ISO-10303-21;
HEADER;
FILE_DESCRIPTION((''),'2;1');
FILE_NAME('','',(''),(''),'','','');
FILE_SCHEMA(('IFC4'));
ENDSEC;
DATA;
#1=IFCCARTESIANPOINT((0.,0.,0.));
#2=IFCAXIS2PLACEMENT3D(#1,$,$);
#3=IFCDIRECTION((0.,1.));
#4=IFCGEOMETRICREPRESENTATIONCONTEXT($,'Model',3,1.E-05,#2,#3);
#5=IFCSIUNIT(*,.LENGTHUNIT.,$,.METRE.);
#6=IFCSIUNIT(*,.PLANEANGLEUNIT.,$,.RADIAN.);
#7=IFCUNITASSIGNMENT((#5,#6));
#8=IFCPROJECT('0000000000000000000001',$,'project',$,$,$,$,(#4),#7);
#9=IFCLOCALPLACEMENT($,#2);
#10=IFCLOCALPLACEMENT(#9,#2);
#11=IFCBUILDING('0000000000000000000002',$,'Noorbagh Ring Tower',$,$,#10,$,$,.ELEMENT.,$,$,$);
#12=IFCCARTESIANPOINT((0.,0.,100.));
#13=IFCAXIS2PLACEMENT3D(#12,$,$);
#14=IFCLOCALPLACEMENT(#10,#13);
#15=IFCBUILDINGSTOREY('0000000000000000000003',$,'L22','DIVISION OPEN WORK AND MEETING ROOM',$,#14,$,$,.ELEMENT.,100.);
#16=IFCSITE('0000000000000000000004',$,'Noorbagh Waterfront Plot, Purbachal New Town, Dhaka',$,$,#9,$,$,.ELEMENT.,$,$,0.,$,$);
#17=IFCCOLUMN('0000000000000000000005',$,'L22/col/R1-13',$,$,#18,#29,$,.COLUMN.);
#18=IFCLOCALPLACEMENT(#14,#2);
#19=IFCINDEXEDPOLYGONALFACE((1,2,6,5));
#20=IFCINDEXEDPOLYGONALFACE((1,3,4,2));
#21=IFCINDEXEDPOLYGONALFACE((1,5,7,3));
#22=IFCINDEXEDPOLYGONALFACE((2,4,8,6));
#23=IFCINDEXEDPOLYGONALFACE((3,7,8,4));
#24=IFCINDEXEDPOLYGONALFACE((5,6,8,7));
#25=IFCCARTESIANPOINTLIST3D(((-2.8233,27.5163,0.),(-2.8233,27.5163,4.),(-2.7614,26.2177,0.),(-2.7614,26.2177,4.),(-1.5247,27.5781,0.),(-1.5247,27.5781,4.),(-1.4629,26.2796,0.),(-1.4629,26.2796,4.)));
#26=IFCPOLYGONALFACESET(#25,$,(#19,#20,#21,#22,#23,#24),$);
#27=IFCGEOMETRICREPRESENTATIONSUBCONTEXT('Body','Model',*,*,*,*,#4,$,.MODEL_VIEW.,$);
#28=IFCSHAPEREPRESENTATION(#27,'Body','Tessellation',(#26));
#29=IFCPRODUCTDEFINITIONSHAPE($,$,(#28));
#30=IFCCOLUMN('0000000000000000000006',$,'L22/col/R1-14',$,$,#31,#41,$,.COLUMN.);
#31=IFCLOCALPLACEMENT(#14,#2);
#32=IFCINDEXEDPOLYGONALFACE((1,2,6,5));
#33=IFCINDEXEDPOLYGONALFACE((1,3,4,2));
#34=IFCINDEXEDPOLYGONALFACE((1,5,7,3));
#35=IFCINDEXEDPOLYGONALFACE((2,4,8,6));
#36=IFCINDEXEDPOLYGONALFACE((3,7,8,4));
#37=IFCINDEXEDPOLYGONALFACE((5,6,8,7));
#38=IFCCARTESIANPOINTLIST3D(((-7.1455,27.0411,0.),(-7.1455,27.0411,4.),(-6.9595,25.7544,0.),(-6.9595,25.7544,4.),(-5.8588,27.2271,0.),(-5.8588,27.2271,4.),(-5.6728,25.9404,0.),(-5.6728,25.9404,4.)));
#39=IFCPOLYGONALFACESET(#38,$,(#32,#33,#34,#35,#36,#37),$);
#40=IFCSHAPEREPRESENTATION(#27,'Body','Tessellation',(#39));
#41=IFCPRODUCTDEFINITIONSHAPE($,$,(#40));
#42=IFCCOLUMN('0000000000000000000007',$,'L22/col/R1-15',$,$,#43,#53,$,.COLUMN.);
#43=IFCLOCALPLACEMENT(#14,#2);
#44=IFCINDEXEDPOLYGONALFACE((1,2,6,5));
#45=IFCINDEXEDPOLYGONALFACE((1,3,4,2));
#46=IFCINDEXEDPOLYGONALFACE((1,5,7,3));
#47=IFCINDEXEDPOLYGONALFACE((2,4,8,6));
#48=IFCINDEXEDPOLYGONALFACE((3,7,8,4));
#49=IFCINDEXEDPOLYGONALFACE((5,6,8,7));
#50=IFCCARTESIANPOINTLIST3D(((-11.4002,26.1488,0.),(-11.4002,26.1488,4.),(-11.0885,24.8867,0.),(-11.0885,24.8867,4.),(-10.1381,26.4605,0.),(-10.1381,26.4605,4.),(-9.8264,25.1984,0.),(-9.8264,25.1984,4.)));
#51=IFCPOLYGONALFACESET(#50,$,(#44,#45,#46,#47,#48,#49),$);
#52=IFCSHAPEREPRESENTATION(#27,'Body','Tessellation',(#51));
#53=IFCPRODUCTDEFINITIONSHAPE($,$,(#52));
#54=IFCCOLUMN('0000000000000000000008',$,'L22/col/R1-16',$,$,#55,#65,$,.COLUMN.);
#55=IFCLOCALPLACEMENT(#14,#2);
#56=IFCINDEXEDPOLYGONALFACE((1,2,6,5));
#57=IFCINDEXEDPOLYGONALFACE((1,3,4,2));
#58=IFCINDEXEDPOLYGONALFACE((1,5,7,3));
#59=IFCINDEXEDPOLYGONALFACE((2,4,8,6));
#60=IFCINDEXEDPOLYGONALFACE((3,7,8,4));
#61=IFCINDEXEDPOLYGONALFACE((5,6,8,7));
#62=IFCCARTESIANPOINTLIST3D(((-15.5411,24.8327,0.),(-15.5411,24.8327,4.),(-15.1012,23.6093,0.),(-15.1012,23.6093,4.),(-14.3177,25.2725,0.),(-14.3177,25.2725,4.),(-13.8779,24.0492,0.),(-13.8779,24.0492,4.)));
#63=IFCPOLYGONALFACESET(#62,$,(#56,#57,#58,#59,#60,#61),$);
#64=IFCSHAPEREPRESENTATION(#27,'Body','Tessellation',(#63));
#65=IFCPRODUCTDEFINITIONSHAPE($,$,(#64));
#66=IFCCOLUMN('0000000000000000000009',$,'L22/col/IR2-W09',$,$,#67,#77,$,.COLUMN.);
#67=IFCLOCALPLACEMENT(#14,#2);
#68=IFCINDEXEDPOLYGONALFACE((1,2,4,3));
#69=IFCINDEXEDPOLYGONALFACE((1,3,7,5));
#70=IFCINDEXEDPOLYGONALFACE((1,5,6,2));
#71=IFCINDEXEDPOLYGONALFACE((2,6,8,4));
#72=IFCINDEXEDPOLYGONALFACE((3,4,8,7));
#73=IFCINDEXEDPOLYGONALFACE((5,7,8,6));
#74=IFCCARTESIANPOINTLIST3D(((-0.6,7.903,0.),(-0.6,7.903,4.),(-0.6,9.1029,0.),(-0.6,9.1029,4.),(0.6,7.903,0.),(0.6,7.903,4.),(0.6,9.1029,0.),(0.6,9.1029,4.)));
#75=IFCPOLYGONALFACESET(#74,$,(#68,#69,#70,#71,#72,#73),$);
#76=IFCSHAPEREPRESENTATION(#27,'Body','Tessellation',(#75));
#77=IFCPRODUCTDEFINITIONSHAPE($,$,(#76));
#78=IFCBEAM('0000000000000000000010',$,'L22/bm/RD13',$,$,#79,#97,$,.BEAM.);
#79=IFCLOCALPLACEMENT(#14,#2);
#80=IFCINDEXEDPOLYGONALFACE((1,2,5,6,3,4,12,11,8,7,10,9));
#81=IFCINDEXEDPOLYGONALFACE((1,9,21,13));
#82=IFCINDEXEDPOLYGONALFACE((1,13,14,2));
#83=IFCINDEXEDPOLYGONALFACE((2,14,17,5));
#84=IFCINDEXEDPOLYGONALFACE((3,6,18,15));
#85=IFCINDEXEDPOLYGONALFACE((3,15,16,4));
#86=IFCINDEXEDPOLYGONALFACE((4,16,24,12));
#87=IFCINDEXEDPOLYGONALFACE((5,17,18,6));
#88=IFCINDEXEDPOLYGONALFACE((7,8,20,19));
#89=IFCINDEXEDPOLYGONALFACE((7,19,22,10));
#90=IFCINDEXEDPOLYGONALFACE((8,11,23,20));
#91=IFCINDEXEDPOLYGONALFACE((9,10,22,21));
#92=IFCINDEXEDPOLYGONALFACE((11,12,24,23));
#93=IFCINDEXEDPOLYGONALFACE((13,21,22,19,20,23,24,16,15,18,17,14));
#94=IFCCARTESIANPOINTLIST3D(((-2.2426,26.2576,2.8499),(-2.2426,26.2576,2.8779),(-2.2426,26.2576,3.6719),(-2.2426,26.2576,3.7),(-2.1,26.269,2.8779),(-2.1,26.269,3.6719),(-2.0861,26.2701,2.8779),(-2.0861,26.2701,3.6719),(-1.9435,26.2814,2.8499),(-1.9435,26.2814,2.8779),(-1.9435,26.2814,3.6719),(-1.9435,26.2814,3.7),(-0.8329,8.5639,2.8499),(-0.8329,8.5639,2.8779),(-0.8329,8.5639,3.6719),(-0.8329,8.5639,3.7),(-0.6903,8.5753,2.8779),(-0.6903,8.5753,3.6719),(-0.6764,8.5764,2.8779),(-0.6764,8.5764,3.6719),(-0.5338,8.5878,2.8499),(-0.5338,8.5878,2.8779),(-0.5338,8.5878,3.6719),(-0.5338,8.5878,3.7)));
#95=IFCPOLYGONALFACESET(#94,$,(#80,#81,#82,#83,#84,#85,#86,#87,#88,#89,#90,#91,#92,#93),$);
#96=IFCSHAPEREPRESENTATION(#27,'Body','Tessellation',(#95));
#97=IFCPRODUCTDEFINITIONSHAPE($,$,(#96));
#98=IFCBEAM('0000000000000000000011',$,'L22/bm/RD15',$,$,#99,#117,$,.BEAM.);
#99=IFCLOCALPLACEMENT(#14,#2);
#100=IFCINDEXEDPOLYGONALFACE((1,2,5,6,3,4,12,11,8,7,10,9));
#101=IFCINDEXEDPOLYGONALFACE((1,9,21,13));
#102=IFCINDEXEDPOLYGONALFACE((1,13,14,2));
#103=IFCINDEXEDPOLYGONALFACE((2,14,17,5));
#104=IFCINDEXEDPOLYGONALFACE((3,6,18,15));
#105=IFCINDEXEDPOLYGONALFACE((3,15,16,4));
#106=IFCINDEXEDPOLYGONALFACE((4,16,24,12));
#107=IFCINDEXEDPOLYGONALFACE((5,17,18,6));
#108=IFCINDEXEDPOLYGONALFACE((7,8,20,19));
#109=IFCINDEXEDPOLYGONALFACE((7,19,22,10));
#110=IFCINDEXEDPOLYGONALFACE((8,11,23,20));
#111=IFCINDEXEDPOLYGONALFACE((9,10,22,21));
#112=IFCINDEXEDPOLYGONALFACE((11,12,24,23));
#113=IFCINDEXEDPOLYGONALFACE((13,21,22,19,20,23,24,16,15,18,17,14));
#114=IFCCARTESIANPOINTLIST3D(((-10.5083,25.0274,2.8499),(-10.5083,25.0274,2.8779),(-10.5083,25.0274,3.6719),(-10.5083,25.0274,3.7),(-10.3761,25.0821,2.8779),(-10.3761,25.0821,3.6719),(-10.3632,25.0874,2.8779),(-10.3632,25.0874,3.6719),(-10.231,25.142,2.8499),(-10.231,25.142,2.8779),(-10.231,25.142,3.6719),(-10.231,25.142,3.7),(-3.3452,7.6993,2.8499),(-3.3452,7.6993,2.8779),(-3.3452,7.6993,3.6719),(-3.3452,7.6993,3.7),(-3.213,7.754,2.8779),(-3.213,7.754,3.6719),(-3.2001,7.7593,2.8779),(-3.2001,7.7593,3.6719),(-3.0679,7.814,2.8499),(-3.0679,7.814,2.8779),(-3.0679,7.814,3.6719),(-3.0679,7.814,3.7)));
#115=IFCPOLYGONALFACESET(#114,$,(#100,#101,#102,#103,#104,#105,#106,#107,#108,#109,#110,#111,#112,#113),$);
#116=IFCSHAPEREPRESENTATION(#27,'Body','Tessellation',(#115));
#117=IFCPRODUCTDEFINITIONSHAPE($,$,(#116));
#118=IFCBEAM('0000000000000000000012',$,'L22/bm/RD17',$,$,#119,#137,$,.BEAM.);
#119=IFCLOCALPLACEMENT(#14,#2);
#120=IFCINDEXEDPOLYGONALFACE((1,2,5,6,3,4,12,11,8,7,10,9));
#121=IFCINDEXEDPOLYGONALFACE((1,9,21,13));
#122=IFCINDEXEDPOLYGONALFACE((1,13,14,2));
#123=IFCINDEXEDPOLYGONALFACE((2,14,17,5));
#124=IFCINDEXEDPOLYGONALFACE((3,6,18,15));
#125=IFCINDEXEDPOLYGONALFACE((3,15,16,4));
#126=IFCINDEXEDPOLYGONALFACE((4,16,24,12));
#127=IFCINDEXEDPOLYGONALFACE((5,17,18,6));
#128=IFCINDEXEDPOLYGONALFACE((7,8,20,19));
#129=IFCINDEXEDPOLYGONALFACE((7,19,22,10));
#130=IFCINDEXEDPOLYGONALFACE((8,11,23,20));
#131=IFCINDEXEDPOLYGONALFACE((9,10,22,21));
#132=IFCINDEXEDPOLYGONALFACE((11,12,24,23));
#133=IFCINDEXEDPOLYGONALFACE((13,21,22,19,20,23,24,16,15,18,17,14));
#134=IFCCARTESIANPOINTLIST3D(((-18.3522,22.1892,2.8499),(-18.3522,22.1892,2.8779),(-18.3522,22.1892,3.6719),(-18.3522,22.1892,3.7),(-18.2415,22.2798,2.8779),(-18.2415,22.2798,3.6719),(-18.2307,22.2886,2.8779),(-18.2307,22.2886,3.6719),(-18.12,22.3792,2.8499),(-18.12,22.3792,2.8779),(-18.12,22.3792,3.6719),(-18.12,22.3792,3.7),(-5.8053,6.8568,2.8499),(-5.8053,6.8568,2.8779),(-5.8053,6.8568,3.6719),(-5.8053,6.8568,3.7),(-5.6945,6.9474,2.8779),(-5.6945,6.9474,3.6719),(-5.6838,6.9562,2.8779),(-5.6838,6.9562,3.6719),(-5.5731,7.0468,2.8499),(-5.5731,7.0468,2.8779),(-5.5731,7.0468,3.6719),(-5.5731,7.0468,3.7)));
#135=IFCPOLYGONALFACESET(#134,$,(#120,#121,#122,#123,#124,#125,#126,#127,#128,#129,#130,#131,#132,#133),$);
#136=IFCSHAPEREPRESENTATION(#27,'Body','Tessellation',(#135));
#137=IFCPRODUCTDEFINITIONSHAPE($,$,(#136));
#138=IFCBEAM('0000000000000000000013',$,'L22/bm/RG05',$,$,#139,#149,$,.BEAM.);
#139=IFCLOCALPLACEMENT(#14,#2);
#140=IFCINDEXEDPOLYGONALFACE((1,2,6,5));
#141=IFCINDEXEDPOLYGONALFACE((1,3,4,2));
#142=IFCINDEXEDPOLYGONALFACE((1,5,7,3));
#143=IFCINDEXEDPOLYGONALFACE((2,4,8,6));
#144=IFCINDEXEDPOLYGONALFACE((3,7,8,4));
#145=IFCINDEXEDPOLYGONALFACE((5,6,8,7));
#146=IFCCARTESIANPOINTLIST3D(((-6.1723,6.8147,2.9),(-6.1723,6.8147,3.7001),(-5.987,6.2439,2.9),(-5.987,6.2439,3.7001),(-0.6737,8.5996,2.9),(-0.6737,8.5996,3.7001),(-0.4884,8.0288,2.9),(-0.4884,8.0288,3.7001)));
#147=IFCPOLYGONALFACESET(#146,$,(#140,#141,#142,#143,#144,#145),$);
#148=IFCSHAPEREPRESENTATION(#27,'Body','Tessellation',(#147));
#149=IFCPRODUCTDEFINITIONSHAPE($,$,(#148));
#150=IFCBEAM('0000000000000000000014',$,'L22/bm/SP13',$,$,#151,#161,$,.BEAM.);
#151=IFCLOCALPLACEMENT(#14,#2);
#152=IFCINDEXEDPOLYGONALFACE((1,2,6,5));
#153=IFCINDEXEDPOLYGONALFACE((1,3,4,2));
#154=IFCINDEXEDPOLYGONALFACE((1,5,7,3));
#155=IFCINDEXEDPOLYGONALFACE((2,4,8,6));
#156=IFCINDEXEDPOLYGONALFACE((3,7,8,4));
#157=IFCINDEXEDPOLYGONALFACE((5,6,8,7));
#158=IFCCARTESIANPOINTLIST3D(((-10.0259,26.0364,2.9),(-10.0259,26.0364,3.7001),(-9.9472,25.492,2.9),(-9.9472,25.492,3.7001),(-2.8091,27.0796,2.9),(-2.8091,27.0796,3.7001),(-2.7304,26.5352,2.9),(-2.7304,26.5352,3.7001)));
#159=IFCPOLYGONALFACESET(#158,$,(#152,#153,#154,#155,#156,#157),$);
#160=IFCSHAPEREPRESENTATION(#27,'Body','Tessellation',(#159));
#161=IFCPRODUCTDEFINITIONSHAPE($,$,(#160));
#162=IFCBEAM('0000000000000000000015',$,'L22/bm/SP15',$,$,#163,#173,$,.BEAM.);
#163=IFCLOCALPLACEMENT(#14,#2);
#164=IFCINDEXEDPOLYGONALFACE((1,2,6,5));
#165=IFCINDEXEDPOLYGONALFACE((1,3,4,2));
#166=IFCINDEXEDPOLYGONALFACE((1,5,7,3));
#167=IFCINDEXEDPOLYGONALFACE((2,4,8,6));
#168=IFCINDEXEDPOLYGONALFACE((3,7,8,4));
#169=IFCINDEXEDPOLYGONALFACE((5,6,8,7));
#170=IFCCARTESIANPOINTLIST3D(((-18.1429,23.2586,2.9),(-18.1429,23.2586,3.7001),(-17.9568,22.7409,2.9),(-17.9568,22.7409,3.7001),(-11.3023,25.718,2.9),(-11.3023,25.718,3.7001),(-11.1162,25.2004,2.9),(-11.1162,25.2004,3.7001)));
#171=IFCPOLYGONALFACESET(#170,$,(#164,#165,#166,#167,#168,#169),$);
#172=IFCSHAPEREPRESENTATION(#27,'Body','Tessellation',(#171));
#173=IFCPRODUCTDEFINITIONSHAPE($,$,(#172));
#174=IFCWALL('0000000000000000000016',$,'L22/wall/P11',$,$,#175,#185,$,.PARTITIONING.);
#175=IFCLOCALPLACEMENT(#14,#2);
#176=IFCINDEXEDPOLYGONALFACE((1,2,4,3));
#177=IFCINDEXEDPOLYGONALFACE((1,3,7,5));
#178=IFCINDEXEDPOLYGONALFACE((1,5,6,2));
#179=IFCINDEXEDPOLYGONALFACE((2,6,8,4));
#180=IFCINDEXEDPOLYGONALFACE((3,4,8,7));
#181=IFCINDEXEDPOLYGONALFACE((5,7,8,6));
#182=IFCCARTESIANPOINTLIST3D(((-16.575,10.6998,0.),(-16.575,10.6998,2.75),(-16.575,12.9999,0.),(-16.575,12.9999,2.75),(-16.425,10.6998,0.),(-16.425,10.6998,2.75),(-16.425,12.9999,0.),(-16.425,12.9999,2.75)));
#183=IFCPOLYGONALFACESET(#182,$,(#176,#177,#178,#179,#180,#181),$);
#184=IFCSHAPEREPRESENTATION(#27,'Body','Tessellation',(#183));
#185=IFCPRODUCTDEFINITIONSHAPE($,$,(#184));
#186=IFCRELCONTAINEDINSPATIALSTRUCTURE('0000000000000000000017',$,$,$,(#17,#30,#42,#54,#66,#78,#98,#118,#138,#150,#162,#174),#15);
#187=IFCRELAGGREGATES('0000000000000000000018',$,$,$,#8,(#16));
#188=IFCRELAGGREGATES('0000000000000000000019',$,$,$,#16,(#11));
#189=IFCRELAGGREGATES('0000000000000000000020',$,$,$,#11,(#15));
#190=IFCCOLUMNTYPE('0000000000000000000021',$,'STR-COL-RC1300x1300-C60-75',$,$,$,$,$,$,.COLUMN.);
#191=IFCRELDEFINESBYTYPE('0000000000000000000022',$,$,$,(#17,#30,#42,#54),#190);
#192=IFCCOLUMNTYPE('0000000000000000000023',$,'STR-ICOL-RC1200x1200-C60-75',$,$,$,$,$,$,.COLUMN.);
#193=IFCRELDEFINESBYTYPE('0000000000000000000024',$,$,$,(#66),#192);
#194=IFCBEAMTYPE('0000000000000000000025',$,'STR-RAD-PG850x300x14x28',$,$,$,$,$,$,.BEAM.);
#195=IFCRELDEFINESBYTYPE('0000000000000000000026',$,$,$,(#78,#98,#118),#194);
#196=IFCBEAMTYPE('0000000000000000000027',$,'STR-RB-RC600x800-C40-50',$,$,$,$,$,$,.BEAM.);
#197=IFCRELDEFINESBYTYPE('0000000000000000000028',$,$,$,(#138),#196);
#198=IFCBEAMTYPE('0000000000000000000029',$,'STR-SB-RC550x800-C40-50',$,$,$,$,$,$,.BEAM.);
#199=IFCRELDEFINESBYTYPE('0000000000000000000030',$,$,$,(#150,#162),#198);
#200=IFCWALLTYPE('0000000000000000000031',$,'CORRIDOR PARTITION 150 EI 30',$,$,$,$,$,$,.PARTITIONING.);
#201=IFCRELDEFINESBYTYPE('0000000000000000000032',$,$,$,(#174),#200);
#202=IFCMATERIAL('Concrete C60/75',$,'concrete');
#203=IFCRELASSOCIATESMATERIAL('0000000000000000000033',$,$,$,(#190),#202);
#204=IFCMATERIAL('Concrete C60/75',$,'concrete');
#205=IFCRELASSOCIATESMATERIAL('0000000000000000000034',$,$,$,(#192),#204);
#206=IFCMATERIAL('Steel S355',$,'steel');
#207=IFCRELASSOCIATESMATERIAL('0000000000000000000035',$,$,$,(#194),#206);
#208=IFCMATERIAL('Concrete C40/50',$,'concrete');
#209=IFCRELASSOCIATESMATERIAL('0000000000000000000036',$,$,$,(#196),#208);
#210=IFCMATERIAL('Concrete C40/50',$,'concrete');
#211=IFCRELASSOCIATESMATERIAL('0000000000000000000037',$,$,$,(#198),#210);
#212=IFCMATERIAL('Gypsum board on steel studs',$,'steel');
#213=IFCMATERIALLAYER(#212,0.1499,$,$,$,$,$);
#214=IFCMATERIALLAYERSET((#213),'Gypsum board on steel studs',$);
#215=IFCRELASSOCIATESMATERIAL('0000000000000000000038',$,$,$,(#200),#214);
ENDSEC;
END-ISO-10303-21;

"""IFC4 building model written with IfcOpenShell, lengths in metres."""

from ifc_helpers import new_model, si_unit, direction, frame, frame_2d, origin, origin_2d, place, context, subcontext, project, spatial, rectangle, i_section, extrude, material, layer, layer_set, material_profile, profile_set, type_object, element, save


model = new_model("IFC4")

# Units and contexts
model_context = context("Model", 3, precision=1e-05, world=origin(), true_north=direction((0.0, 1.0)))
body_context = subcontext(model_context, "Body", "Model", "MODEL_VIEW")
ifc_project = project(units=[si_unit("LENGTHUNIT", "METRE"), si_unit("PLANEANGLEUNIT", "RADIAN")], contexts=[model_context])

# Site, building, storey
site_placement = place(None, origin())
site = spatial("IfcSite", under=ifc_project, at=site_placement, Name="Noorbagh Waterfront Plot, Purbachal New Town, Dhaka", CompositionType="ELEMENT", RefElevation=0.0)
building_placement = place(site_placement, origin())
building = spatial("IfcBuilding", under=site, at=building_placement, Name="Noorbagh Ring Tower", CompositionType="ELEMENT")
storey_placement = place(building_placement, frame((0.0, 0.0, 100.0)))
storey = spatial("IfcBuildingStorey", under=building, at=storey_placement, Name="L22", Description="DIVISION OPEN WORK AND MEETING ROOM", CompositionType="ELEMENT", Elevation=100.0)

# Columns
ifc_material_1 = material(Name="Concrete C60/75", Category="concrete")
ifc_material_profile_1 = material_profile(ifc_material_1, rectangle(XDim=1.3, YDim=1.3, at=origin_2d()), Name="RC1300x1300")
ifc_profile_set_1 = profile_set([ifc_material_profile_1], Name="Concrete C60/75")
column_type_1 = type_object("IfcColumnType", Name="STR-COL-RC1300x1300-C60-75", PredefinedType="COLUMN", material=ifc_profile_set_1)
for number, where, z_axis, x_axis, name in (
    (1, (-2.1431, 26.8979, 0.0), (0.0, 0.0, 1.0), (-0.998869, -0.047553, 0.0), "L22/col/R1-13"),
    (2, (-6.4092, 26.4907, 0.0), (0.0, 0.0, 1.0), (-0.989713, -0.143066, 0.0), "L22/col/R1-14"),
    (3, (-10.6133, 25.6736, 0.0), (0.0, 0.0, 1.0), (-0.970829, -0.239771, 0.0), "L22/col/R1-15"),
    (4, (-14.7095, 24.4409, 0.0), (0.0, 0.0, 1.0), (-0.941025, -0.338338, 0.0), "L22/col/R1-16"),
):
    element("IfcColumn", number, at=place(storey_placement, frame(where, z_axis=z_axis, x_axis=x_axis)), inside=storey, type_object=column_type_1, Name=name, PredefinedType="COLUMN", context=body_context, shape_type="SweptSolid", body=[
        extrude(rectangle(XDim=1.3, YDim=1.3, at=origin_2d()), origin(), (0.0, 0.0, 1.0), 4.0),
    ])
ifc_material_2 = material(Name="Concrete C60/75", Category="concrete")
ifc_material_profile_2 = material_profile(ifc_material_2, rectangle(XDim=1.2, YDim=1.2, at=origin_2d()), Name="RC1200x1200")
ifc_profile_set_2 = profile_set([ifc_material_profile_2], Name="Concrete C60/75")
column_type_2 = type_object("IfcColumnType", Name="STR-ICOL-RC1200x1200-C60-75", PredefinedType="COLUMN", material=ifc_profile_set_2)
column_placement = place(storey_placement, frame((0.0, 8.5029, 0.0), z_axis=(0.0, 0.0, 1.0), x_axis=(-1.0, 0.0, 0.0)))
element("IfcColumn", 5, at=column_placement, inside=storey, type_object=column_type_2, Name="L22/col/IR2-W09", PredefinedType="COLUMN", context=body_context, shape_type="SweptSolid", body=[
    extrude(rectangle(XDim=1.2, YDim=1.2, at=origin_2d()), origin(), (0.0, 0.0, 1.0), 4.0),
])

# Beams
ifc_material_3 = material(Name="Steel S355", Category="steel")
ifc_material_profile_3 = material_profile(ifc_material_3, i_section(OverallWidth=0.3, OverallDepth=0.8501, WebThickness=0.0139, FlangeThickness=0.0281, at=origin_2d()), Name="PG850x300x14x28")
ifc_profile_set_3 = profile_set([ifc_material_profile_3], Name="Steel S355")
beam_type_1 = type_object("IfcBeamType", Name="STR-RAD-PG850x300x14x28", PredefinedType="BEAM", material=ifc_profile_set_3)
beam_1_placement = place(storey_placement, frame((-2.093, 26.2695, 3.2749), z_axis=(0.079419, -0.996841, 0.0), x_axis=(0.996841, 0.079419, 0.0)))
element("IfcBeam", 6, at=beam_1_placement, inside=storey, type_object=beam_type_1, Name="L22/bm/RD13", PredefinedType="BEAM", context=body_context, shape_type="SweptSolid", body=[
    extrude(i_section(OverallWidth=0.3, OverallDepth=0.8501, WebThickness=0.0139, FlangeThickness=0.0281, at=origin_2d()), origin(), (0.0, 0.0, 1.0), 17.7498),
])
beam_2_placement = place(storey_placement, frame((-10.3696, 25.0847, 3.2749), z_axis=(0.382025, -0.924152, 0.0), x_axis=(0.924152, 0.382025, 0.0)))
element("IfcBeam", 7, at=beam_2_placement, inside=storey, type_object=beam_type_1, Name="L22/bm/RD15", PredefinedType="BEAM", context=body_context, shape_type="SweptSolid", body=[
    extrude(i_section(OverallWidth=0.3, OverallDepth=0.8501, WebThickness=0.0139, FlangeThickness=0.0281, at=origin_2d()), origin(), (0.0, 0.0, 1.0), 18.7502),
])
beam_3_placement = place(storey_placement, frame((-18.2361, 22.2842, 3.2749), z_axis=(0.633307, -0.773901, 0.0), x_axis=(0.773901, 0.633307, 0.0)))
element("IfcBeam", 8, at=beam_3_placement, inside=storey, type_object=beam_type_1, Name="L22/bm/RD17", PredefinedType="BEAM", context=body_context, shape_type="SweptSolid", body=[
    extrude(i_section(OverallWidth=0.3, OverallDepth=0.8501, WebThickness=0.0139, FlangeThickness=0.0281, at=origin_2d()), origin(), (0.0, 0.0, 1.0), 19.8118),
])
ifc_material_4 = material(Name="Concrete C40/50", Category="concrete")
ifc_material_profile_4 = material_profile(ifc_material_4, rectangle(XDim=0.6001, YDim=0.8, at=origin_2d()), Name="RC600x800")
ifc_profile_set_4 = profile_set([ifc_material_profile_4], Name="Concrete C40/50")
beam_type_2 = type_object("IfcBeamType", Name="STR-RB-RC600x800-C40-50", PredefinedType="BEAM", material=ifc_profile_set_4)
beam_4_placement = place(storey_placement, frame((-0.5811, 8.3142, 3.3), z_axis=(-0.951141, -0.308756, 0.0), x_axis=(0.308756, -0.951141, 0.0)))
element("IfcBeam", 9, at=beam_4_placement, inside=storey, type_object=beam_type_2, Name="L22/bm/RG05", PredefinedType="BEAM", context=body_context, shape_type="SweptSolid", body=[
    extrude(rectangle(XDim=0.6001, YDim=0.8, at=origin_2d()), origin(), (0.0, 0.0, 1.0), 5.781),
])
ifc_material_5 = material(Name="Concrete C40/50", Category="concrete")
ifc_material_profile_5 = material_profile(ifc_material_5, rectangle(XDim=0.55, YDim=0.8, at=origin_2d()), Name="RC550x800")
ifc_profile_set_5 = profile_set([ifc_material_profile_5], Name="Concrete C40/50")
beam_type_3 = type_object("IfcBeamType", Name="STR-SB-RC550x800-C40-50", PredefinedType="BEAM", material=ifc_profile_set_5)
beam_5_placement = place(storey_placement, frame((-2.7698, 26.8074, 3.3), z_axis=(-0.989713, -0.143066, 0.0), x_axis=(0.143066, -0.989713, 0.0)))
element("IfcBeam", 10, at=beam_5_placement, inside=storey, type_object=beam_type_3, Name="L22/bm/SP13", PredefinedType="BEAM", context=body_context, shape_type="SweptSolid", body=[
    extrude(rectangle(XDim=0.55, YDim=0.8, at=origin_2d()), origin(), (0.0, 0.0, 1.0), 7.2917),
])
beam_6_placement = place(storey_placement, frame((-11.2092, 25.4592, 3.3), z_axis=(-0.941025, -0.338338, 0.0), x_axis=(0.338338, -0.941025, 0.0)))
element("IfcBeam", 11, at=beam_6_placement, inside=storey, type_object=beam_type_3, Name="L22/bm/SP15", PredefinedType="BEAM", context=body_context, shape_type="SweptSolid", body=[
    extrude(rectangle(XDim=0.55, YDim=0.8, at=origin_2d()), origin(), (0.0, 0.0, 1.0), 7.2693),
])

# Wall
ifc_material_6 = material(Name="Gypsum board on steel studs", Category="steel")
ifc_layer_1 = layer(ifc_material_6, 0.1499)
ifc_layer_set_1 = layer_set([ifc_layer_1], Name="Gypsum board on steel studs")
wall_type_1 = type_object("IfcWallType", Name="CORRIDOR PARTITION 150 EI 30", PredefinedType="PARTITIONING", material=ifc_layer_set_1)
wall_1_placement = place(storey_placement, frame((-16.5, 10.7, 0.0), z_axis=(0.0, 0.0, 1.0), x_axis=(0.0, 1.0, 0.0)))
element("IfcWall", 12, at=wall_1_placement, inside=storey, type_object=wall_type_1, Name="L22/wall/P11", PredefinedType="PARTITIONING", context=body_context, shape_type="SweptSolid", body=[
    extrude(rectangle(XDim=2.3, YDim=0.1499, at=frame_2d((1.1499, 0.0))), origin(), (0.0, 0.0, 1.0), 2.75),
])

save(model, "model.ifc")
